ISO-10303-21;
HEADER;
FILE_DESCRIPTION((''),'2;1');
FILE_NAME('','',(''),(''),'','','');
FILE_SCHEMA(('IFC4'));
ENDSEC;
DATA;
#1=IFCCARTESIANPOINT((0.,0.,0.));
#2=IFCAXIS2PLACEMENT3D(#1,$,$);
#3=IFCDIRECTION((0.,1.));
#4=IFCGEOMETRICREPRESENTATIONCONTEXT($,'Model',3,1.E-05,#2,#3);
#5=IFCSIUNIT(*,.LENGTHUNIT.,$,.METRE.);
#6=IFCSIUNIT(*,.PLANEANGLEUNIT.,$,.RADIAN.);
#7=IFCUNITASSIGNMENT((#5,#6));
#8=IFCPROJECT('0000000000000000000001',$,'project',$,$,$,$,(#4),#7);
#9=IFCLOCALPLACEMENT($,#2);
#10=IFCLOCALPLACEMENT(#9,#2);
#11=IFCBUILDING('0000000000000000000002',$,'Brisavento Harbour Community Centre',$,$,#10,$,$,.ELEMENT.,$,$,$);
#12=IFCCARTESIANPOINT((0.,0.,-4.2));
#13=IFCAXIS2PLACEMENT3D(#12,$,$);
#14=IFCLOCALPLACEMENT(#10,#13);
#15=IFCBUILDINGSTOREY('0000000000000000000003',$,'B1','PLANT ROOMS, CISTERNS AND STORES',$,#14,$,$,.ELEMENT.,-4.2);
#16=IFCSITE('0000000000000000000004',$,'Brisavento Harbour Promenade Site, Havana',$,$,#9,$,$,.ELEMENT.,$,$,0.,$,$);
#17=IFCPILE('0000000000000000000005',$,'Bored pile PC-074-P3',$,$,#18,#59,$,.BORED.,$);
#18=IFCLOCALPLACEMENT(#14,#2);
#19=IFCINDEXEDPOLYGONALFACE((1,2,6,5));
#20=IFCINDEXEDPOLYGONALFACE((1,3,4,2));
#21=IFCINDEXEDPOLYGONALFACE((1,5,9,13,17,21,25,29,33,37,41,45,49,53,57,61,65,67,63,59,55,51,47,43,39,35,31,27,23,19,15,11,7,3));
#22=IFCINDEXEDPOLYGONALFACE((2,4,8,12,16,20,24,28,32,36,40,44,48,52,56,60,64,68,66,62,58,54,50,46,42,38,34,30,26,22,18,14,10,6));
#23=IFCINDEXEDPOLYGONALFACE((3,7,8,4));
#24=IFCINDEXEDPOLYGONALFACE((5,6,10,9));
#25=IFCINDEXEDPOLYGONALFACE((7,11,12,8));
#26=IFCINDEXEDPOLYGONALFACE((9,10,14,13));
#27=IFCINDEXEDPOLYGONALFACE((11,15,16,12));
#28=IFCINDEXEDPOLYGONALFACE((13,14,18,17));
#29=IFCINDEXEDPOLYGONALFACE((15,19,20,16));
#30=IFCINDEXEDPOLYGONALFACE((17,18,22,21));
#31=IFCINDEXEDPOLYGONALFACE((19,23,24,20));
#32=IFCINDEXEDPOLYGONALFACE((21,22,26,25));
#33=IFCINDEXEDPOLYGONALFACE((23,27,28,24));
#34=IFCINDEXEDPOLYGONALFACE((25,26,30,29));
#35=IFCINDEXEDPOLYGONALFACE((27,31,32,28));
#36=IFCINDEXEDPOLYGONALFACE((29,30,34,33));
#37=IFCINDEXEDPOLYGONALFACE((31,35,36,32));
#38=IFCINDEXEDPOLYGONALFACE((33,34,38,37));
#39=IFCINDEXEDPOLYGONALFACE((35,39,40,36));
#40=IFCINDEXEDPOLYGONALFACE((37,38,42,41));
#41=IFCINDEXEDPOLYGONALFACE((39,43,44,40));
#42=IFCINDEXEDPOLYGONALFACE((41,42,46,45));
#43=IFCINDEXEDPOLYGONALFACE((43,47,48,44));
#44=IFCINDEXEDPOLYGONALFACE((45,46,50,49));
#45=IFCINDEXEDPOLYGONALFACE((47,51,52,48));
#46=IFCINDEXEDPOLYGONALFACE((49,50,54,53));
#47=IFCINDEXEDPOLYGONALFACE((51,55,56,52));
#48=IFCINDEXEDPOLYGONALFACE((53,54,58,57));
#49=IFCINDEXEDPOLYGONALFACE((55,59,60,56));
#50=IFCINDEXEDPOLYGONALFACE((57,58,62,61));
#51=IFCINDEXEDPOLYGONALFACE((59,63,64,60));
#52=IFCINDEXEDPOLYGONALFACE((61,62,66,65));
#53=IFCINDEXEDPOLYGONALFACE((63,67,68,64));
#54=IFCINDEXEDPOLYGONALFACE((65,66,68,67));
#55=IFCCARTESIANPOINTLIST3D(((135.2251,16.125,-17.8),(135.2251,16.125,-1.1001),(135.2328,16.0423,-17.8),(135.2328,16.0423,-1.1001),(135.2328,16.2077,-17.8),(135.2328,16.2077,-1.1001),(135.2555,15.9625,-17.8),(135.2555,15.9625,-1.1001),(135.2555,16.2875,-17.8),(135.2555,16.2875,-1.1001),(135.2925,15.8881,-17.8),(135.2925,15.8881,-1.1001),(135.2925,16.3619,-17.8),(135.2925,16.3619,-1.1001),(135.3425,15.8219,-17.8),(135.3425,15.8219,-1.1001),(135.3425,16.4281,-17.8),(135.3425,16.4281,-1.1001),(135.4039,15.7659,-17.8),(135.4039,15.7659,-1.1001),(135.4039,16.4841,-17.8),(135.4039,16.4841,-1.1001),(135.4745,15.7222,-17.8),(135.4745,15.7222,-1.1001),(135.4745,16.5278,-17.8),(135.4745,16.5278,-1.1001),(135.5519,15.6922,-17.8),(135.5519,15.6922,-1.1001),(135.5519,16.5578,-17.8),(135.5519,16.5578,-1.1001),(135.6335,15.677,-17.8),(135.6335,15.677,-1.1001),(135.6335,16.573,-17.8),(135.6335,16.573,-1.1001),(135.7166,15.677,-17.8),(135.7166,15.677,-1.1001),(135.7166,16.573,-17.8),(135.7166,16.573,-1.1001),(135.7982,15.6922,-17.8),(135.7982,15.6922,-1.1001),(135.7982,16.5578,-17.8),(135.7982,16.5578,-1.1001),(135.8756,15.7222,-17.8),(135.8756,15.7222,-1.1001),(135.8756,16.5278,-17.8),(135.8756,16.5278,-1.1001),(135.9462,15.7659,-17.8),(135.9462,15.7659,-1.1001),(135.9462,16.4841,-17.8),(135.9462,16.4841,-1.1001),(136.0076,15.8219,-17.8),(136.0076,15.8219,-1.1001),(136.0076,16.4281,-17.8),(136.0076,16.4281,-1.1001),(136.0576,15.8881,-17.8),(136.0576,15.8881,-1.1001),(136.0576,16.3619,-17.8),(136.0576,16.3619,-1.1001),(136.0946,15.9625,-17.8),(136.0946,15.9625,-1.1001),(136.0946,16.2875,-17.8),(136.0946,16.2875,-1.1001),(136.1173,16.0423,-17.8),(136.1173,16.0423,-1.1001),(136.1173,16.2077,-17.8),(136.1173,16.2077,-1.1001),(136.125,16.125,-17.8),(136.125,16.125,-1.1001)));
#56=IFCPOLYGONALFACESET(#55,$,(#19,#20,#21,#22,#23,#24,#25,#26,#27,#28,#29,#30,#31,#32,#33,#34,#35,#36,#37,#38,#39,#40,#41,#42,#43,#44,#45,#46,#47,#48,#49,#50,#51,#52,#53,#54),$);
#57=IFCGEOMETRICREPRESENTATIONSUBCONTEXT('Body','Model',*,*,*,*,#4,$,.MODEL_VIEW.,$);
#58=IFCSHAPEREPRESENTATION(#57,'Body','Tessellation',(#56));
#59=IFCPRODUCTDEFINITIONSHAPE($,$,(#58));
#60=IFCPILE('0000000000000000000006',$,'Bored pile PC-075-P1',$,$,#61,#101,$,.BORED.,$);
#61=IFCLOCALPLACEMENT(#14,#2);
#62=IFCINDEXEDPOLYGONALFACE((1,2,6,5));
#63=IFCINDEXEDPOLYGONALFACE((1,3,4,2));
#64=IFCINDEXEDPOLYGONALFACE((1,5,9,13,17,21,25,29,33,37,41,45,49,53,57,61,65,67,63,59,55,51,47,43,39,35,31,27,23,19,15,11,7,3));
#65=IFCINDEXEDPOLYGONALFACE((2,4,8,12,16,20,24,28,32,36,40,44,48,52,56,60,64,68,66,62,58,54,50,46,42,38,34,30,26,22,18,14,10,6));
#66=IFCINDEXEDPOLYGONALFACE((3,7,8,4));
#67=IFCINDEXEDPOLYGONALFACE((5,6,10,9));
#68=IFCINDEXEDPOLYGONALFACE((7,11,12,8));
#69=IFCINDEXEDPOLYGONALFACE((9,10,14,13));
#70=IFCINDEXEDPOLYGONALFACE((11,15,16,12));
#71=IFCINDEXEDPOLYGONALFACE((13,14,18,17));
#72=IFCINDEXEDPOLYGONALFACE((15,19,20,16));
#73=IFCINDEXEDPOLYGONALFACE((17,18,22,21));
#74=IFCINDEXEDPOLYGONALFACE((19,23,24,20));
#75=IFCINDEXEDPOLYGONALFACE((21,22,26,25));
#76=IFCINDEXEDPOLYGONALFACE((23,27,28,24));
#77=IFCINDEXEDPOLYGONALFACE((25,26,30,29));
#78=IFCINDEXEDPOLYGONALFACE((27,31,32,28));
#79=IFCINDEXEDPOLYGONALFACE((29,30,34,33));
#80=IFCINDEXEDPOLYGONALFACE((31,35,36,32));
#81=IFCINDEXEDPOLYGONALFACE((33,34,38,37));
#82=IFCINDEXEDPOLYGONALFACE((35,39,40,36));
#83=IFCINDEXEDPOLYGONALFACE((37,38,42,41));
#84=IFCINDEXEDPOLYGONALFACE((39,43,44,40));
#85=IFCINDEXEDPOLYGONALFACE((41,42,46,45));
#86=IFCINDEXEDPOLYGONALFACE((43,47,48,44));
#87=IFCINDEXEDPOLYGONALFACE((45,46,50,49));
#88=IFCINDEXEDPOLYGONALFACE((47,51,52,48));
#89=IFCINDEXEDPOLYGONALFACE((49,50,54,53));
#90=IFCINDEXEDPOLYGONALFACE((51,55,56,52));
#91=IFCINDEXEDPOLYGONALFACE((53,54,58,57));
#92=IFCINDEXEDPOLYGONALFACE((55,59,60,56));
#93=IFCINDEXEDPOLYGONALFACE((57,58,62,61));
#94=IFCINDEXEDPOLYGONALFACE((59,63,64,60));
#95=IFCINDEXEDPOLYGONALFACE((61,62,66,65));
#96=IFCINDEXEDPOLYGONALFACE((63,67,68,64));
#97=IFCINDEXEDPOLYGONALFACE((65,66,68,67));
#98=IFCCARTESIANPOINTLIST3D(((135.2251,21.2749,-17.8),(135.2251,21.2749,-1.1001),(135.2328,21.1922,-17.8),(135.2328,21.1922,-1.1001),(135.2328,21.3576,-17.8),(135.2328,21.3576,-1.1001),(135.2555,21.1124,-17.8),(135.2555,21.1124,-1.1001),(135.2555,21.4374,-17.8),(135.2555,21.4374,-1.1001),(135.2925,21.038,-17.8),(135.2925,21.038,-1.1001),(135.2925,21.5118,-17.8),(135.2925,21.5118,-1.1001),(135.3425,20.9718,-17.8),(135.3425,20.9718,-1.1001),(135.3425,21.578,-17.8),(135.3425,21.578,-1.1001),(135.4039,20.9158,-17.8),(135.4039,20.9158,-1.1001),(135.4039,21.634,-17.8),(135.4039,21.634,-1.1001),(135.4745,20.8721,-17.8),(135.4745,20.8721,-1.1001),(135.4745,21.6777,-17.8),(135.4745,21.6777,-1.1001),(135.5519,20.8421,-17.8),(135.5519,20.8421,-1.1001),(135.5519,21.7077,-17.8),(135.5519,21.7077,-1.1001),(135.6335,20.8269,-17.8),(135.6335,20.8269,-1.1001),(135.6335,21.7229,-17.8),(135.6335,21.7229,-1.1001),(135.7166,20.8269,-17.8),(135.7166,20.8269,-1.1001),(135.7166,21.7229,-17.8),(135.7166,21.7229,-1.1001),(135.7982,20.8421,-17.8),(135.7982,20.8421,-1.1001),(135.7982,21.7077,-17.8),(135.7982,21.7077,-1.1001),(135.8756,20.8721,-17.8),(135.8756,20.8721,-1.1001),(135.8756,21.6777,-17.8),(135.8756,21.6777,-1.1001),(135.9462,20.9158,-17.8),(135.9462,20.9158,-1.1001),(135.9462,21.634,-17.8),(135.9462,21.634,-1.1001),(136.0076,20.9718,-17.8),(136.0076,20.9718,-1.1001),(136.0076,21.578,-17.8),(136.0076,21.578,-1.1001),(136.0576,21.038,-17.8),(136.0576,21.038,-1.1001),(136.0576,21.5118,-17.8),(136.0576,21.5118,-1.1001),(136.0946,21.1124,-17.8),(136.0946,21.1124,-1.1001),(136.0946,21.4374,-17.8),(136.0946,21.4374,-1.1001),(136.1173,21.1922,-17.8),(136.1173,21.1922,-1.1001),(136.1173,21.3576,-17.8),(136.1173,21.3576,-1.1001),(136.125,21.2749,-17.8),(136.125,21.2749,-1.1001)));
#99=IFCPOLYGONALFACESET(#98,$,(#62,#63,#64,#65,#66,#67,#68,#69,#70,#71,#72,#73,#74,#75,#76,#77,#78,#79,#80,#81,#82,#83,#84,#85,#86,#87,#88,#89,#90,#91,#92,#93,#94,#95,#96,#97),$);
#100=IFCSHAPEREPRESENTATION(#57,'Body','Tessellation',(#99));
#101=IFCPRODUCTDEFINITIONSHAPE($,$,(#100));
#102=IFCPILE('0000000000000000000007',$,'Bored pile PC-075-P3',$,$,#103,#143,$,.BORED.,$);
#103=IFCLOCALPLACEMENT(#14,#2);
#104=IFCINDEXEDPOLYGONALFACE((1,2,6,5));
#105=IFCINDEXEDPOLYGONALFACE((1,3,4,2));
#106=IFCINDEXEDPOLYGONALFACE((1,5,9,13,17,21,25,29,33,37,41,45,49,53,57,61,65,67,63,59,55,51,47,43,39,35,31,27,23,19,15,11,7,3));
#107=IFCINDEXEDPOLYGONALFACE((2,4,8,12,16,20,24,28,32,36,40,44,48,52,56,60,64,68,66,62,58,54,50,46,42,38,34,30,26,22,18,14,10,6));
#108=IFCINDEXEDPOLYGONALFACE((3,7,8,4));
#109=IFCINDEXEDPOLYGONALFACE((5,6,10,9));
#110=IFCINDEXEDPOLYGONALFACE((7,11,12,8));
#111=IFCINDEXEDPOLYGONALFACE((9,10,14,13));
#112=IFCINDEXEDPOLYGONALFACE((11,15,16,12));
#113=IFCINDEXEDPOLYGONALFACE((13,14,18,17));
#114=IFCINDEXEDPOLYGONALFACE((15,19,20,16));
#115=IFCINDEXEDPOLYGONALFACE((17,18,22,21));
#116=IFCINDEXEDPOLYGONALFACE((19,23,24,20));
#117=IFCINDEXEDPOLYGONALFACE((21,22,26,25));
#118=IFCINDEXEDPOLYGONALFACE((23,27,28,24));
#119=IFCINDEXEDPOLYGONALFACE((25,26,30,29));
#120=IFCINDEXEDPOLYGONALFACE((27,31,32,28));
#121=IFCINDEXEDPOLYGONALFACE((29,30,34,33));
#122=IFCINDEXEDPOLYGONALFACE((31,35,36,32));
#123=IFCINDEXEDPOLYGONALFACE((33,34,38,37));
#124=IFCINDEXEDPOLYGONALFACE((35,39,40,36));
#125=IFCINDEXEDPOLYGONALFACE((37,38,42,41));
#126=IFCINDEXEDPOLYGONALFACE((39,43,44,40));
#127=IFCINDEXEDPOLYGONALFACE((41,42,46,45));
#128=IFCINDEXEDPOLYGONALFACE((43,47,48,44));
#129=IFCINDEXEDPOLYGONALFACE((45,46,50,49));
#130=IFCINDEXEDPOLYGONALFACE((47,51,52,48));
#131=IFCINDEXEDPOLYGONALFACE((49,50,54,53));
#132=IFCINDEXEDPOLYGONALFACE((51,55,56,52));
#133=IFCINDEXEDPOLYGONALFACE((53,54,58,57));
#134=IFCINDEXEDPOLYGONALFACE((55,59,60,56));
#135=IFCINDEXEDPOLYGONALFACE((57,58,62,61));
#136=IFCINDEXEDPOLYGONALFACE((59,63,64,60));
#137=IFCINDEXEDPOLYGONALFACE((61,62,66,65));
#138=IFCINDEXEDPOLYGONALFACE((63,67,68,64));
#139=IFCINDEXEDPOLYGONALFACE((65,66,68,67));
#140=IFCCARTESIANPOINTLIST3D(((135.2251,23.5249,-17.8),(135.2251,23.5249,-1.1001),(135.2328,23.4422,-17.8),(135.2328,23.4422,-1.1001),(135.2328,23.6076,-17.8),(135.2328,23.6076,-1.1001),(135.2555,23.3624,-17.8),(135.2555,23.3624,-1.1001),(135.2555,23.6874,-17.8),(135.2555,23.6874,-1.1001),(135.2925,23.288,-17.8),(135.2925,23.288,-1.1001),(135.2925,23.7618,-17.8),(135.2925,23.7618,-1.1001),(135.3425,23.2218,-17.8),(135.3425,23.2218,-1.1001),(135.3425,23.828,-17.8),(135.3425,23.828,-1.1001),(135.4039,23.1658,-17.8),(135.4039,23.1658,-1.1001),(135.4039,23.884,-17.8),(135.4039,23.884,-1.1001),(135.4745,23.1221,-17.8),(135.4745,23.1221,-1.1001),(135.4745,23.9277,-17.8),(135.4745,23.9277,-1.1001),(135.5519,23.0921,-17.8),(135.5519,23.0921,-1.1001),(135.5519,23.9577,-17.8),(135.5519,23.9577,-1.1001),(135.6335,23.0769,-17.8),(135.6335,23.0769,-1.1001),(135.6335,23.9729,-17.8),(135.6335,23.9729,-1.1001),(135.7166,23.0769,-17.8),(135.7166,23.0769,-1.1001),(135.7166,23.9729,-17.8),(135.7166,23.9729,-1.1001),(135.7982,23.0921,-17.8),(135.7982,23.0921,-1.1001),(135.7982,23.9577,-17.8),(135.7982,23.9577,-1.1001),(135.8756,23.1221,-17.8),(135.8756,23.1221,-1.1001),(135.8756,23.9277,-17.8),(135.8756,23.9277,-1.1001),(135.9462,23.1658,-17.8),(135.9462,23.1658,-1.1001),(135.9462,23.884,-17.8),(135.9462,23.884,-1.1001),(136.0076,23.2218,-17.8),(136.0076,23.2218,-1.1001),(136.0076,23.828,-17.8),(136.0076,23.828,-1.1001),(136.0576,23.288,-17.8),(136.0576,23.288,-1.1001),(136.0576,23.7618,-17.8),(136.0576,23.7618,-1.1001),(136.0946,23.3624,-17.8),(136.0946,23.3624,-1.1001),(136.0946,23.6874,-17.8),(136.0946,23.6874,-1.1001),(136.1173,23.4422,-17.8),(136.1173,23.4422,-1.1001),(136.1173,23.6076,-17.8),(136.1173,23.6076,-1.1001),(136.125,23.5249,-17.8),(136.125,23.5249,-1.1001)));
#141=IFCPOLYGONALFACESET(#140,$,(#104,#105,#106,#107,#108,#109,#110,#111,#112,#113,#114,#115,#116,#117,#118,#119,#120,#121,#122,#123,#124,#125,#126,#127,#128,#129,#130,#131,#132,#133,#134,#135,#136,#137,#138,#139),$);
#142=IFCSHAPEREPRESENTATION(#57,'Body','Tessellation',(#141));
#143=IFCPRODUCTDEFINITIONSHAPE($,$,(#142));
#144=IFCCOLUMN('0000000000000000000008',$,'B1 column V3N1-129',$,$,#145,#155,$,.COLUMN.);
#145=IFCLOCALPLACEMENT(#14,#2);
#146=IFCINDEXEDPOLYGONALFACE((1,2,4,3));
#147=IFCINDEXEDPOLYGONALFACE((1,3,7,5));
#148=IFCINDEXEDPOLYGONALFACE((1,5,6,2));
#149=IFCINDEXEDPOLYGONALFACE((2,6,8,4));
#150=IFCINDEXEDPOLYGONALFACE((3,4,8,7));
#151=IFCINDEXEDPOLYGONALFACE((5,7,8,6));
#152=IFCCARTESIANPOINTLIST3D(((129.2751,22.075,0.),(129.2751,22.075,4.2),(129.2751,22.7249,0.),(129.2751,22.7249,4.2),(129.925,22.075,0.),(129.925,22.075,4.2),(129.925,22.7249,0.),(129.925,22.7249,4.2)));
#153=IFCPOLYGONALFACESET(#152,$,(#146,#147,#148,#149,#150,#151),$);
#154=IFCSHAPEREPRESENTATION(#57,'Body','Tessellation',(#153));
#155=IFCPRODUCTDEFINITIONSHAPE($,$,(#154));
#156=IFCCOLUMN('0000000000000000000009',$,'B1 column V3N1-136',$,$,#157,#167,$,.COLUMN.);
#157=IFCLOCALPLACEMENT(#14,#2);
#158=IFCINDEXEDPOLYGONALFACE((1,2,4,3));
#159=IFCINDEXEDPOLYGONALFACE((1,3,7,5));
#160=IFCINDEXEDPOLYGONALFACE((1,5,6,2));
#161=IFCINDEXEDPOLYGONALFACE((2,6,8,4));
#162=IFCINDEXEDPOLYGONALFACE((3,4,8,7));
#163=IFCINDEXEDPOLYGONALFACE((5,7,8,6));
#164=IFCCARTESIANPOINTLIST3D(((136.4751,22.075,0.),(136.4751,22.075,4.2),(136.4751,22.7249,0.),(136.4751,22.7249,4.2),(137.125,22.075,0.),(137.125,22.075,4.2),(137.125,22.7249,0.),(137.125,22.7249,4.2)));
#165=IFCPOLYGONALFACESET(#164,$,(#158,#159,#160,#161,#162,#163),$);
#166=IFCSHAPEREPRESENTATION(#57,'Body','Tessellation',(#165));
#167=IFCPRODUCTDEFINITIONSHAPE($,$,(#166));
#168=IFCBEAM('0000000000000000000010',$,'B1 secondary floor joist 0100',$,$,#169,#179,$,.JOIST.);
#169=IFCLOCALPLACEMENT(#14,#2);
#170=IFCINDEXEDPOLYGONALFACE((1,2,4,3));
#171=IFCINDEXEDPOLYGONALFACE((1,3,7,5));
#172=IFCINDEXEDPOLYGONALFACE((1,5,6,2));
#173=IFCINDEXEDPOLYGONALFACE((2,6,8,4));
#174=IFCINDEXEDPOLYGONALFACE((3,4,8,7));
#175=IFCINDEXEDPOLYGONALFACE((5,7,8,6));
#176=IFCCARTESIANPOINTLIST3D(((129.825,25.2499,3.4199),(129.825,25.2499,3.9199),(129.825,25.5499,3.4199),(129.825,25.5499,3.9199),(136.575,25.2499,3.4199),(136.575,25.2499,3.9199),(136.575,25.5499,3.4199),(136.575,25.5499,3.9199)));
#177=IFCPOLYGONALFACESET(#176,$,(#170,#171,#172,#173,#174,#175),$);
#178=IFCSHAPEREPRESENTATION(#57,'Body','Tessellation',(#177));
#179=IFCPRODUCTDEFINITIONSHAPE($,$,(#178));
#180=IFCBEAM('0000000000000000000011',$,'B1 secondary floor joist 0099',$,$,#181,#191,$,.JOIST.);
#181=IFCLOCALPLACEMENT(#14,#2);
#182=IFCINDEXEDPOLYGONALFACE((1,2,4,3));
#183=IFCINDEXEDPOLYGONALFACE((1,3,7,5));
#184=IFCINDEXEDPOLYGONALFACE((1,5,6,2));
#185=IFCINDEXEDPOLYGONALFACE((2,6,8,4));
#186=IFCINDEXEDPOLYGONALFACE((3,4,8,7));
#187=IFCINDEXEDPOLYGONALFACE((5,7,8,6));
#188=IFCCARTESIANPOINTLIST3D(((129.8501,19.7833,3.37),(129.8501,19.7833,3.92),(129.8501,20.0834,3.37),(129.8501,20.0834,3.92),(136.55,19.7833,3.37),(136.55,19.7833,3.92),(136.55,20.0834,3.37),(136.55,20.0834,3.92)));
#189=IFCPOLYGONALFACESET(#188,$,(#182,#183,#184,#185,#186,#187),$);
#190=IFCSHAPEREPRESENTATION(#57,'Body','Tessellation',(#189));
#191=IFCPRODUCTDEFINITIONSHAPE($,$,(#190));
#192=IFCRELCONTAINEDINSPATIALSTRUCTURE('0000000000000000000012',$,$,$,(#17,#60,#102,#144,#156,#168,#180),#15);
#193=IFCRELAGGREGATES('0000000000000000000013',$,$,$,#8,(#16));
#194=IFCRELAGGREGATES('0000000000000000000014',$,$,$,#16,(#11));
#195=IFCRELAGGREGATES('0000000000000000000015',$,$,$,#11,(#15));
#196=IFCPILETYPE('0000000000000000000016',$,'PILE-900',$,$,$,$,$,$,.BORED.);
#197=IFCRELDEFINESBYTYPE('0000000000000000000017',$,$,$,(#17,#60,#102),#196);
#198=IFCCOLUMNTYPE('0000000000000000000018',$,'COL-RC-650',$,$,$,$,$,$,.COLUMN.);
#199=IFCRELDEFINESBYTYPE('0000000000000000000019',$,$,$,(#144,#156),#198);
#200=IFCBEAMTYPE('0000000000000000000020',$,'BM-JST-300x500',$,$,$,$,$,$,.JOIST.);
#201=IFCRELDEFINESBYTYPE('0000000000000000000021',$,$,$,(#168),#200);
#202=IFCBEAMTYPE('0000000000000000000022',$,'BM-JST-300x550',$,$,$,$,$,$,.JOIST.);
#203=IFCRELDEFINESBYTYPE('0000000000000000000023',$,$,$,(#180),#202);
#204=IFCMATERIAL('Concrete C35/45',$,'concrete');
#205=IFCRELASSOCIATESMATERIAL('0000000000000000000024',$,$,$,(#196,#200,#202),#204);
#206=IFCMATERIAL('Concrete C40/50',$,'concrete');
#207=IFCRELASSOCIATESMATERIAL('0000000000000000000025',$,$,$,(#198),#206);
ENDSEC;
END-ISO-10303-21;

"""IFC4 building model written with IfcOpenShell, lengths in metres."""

from ifc_helpers import new_model, si_unit, direction, frame, origin, origin_2d, place, context, subcontext, project, spatial, rectangle, circle, extrude, material, material_profile, profile_set, type_object, element, save


model = new_model("IFC4")

# Units and contexts
model_context = context("Model", 3, precision=1e-05, world=origin(), true_north=direction((0.0, 1.0)))
body_context = subcontext(model_context, "Body", "Model", "MODEL_VIEW")
ifc_project = project(units=[si_unit("LENGTHUNIT", "METRE"), si_unit("PLANEANGLEUNIT", "RADIAN")], contexts=[model_context])

# Site, building, storey
site_placement = place(None, origin())
site = spatial("IfcSite", under=ifc_project, at=site_placement, Name="Brisavento Harbour Promenade Site, Havana", CompositionType="ELEMENT", RefElevation=0.0)
building_placement = place(site_placement, origin())
building = spatial("IfcBuilding", under=site, at=building_placement, Name="Brisavento Harbour Community Centre", CompositionType="ELEMENT")
storey_placement = place(building_placement, frame((0.0, 0.0, -4.2)))
storey = spatial("IfcBuildingStorey", under=building, at=storey_placement, Name="B1", Description="PLANT ROOMS, CISTERNS AND STORES", CompositionType="ELEMENT", Elevation=-4.2)

# Shared definitions
ifc_material_1 = material(Name="Concrete C35/45", Category="concrete")

# Piles
ifc_material_profile_1 = material_profile(ifc_material_1, circle(Radius=0.45, at=origin_2d()), Name="Concrete C35/45")
ifc_profile_set_1 = profile_set([ifc_material_profile_1], Name="Concrete C35/45")
pile_type = type_object("IfcPileType", Name="PILE-900", PredefinedType="BORED", material=ifc_profile_set_1)
for number, where, z_axis, x_axis, name in (
    (1, (135.675, 16.125, -1.1001), (0.0, 0.0, -1.0), (1.0, 0.0, 0.0), "Bored pile PC-074-P3"),
    (2, (135.675, 21.2749, -1.1001), (0.0, 0.0, -1.0), (1.0, 0.0, 0.0), "Bored pile PC-075-P1"),
    (3, (135.675, 23.5249, -1.1001), (0.0, 0.0, -1.0), (1.0, 0.0, 0.0), "Bored pile PC-075-P3"),
):
    element("IfcPile", number, at=place(storey_placement, frame(where, z_axis=z_axis, x_axis=x_axis)), inside=storey, type_object=pile_type, Name=name, PredefinedType="BORED", context=body_context, shape_type="SweptSolid", body=[
        extrude(circle(Radius=0.45, at=origin_2d()), origin(), (0.0, 0.0, 1.0), 16.7),
    ])

# Columns
ifc_material_2 = material(Name="Concrete C40/50", Category="concrete")
ifc_material_profile_2 = material_profile(ifc_material_2, rectangle(XDim=0.6499, YDim=0.6499, at=origin_2d()), Name="Concrete C40/50")
ifc_profile_set_2 = profile_set([ifc_material_profile_2], Name="Concrete C40/50")
column_type = type_object("IfcColumnType", Name="COL-RC-650", PredefinedType="COLUMN", material=ifc_profile_set_2)
for number, where, z_axis, x_axis, name in (
    (4, (129.6001, 22.3999, 0.0), (0.0, 0.0, 1.0), (1.0, 0.0, 0.0), "B1 column V3N1-129"),
    (5, (136.8, 22.3999, 0.0), (0.0, 0.0, 1.0), (1.0, 0.0, 0.0), "B1 column V3N1-136"),
):
    element("IfcColumn", number, at=place(storey_placement, frame(where, z_axis=z_axis, x_axis=x_axis)), inside=storey, type_object=column_type, Name=name, PredefinedType="COLUMN", context=body_context, shape_type="SweptSolid", body=[
        extrude(rectangle(XDim=0.6499, YDim=0.6499, at=origin_2d()), origin(), (0.0, 0.0, 1.0), 4.2),
    ])

# Beams
ifc_material_profile_3 = material_profile(ifc_material_1, rectangle(XDim=0.3, YDim=0.5, at=origin_2d()), Name="Concrete C35/45")
ifc_profile_set_3 = profile_set([ifc_material_profile_3], Name="Concrete C35/45")
beam_type_1 = type_object("IfcBeamType", Name="BM-JST-300x500", PredefinedType="JOIST", material=ifc_profile_set_3)
beam_1_placement = place(storey_placement, frame((129.825, 25.3999, 3.6699), z_axis=(1.0, 0.0, 0.0), x_axis=(0.0, 1.0, 0.0)))
element("IfcBeam", 6, at=beam_1_placement, inside=storey, type_object=beam_type_1, Name="B1 secondary floor joist 0100", PredefinedType="JOIST", context=body_context, shape_type="SweptSolid", body=[
    extrude(rectangle(XDim=0.3, YDim=0.5, at=origin_2d()), origin(), (0.0, 0.0, 1.0), 6.75),
])
ifc_material_profile_4 = material_profile(ifc_material_1, rectangle(XDim=0.3, YDim=0.55, at=origin_2d()), Name="Concrete C35/45")
ifc_profile_set_4 = profile_set([ifc_material_profile_4], Name="Concrete C35/45")
beam_type_2 = type_object("IfcBeamType", Name="BM-JST-300x550", PredefinedType="JOIST", material=ifc_profile_set_4)
beam_2_placement = place(storey_placement, frame((129.8501, 19.9333, 3.645), z_axis=(1.0, 0.0, 0.0), x_axis=(0.0, 1.0, 0.0)))
element("IfcBeam", 7, at=beam_2_placement, inside=storey, type_object=beam_type_2, Name="B1 secondary floor joist 0099", PredefinedType="JOIST", context=body_context, shape_type="SweptSolid", body=[
    extrude(rectangle(XDim=0.3, YDim=0.55, at=origin_2d()), origin(), (0.0, 0.0, 1.0), 6.7),
])

save(model, "model.ifc")
